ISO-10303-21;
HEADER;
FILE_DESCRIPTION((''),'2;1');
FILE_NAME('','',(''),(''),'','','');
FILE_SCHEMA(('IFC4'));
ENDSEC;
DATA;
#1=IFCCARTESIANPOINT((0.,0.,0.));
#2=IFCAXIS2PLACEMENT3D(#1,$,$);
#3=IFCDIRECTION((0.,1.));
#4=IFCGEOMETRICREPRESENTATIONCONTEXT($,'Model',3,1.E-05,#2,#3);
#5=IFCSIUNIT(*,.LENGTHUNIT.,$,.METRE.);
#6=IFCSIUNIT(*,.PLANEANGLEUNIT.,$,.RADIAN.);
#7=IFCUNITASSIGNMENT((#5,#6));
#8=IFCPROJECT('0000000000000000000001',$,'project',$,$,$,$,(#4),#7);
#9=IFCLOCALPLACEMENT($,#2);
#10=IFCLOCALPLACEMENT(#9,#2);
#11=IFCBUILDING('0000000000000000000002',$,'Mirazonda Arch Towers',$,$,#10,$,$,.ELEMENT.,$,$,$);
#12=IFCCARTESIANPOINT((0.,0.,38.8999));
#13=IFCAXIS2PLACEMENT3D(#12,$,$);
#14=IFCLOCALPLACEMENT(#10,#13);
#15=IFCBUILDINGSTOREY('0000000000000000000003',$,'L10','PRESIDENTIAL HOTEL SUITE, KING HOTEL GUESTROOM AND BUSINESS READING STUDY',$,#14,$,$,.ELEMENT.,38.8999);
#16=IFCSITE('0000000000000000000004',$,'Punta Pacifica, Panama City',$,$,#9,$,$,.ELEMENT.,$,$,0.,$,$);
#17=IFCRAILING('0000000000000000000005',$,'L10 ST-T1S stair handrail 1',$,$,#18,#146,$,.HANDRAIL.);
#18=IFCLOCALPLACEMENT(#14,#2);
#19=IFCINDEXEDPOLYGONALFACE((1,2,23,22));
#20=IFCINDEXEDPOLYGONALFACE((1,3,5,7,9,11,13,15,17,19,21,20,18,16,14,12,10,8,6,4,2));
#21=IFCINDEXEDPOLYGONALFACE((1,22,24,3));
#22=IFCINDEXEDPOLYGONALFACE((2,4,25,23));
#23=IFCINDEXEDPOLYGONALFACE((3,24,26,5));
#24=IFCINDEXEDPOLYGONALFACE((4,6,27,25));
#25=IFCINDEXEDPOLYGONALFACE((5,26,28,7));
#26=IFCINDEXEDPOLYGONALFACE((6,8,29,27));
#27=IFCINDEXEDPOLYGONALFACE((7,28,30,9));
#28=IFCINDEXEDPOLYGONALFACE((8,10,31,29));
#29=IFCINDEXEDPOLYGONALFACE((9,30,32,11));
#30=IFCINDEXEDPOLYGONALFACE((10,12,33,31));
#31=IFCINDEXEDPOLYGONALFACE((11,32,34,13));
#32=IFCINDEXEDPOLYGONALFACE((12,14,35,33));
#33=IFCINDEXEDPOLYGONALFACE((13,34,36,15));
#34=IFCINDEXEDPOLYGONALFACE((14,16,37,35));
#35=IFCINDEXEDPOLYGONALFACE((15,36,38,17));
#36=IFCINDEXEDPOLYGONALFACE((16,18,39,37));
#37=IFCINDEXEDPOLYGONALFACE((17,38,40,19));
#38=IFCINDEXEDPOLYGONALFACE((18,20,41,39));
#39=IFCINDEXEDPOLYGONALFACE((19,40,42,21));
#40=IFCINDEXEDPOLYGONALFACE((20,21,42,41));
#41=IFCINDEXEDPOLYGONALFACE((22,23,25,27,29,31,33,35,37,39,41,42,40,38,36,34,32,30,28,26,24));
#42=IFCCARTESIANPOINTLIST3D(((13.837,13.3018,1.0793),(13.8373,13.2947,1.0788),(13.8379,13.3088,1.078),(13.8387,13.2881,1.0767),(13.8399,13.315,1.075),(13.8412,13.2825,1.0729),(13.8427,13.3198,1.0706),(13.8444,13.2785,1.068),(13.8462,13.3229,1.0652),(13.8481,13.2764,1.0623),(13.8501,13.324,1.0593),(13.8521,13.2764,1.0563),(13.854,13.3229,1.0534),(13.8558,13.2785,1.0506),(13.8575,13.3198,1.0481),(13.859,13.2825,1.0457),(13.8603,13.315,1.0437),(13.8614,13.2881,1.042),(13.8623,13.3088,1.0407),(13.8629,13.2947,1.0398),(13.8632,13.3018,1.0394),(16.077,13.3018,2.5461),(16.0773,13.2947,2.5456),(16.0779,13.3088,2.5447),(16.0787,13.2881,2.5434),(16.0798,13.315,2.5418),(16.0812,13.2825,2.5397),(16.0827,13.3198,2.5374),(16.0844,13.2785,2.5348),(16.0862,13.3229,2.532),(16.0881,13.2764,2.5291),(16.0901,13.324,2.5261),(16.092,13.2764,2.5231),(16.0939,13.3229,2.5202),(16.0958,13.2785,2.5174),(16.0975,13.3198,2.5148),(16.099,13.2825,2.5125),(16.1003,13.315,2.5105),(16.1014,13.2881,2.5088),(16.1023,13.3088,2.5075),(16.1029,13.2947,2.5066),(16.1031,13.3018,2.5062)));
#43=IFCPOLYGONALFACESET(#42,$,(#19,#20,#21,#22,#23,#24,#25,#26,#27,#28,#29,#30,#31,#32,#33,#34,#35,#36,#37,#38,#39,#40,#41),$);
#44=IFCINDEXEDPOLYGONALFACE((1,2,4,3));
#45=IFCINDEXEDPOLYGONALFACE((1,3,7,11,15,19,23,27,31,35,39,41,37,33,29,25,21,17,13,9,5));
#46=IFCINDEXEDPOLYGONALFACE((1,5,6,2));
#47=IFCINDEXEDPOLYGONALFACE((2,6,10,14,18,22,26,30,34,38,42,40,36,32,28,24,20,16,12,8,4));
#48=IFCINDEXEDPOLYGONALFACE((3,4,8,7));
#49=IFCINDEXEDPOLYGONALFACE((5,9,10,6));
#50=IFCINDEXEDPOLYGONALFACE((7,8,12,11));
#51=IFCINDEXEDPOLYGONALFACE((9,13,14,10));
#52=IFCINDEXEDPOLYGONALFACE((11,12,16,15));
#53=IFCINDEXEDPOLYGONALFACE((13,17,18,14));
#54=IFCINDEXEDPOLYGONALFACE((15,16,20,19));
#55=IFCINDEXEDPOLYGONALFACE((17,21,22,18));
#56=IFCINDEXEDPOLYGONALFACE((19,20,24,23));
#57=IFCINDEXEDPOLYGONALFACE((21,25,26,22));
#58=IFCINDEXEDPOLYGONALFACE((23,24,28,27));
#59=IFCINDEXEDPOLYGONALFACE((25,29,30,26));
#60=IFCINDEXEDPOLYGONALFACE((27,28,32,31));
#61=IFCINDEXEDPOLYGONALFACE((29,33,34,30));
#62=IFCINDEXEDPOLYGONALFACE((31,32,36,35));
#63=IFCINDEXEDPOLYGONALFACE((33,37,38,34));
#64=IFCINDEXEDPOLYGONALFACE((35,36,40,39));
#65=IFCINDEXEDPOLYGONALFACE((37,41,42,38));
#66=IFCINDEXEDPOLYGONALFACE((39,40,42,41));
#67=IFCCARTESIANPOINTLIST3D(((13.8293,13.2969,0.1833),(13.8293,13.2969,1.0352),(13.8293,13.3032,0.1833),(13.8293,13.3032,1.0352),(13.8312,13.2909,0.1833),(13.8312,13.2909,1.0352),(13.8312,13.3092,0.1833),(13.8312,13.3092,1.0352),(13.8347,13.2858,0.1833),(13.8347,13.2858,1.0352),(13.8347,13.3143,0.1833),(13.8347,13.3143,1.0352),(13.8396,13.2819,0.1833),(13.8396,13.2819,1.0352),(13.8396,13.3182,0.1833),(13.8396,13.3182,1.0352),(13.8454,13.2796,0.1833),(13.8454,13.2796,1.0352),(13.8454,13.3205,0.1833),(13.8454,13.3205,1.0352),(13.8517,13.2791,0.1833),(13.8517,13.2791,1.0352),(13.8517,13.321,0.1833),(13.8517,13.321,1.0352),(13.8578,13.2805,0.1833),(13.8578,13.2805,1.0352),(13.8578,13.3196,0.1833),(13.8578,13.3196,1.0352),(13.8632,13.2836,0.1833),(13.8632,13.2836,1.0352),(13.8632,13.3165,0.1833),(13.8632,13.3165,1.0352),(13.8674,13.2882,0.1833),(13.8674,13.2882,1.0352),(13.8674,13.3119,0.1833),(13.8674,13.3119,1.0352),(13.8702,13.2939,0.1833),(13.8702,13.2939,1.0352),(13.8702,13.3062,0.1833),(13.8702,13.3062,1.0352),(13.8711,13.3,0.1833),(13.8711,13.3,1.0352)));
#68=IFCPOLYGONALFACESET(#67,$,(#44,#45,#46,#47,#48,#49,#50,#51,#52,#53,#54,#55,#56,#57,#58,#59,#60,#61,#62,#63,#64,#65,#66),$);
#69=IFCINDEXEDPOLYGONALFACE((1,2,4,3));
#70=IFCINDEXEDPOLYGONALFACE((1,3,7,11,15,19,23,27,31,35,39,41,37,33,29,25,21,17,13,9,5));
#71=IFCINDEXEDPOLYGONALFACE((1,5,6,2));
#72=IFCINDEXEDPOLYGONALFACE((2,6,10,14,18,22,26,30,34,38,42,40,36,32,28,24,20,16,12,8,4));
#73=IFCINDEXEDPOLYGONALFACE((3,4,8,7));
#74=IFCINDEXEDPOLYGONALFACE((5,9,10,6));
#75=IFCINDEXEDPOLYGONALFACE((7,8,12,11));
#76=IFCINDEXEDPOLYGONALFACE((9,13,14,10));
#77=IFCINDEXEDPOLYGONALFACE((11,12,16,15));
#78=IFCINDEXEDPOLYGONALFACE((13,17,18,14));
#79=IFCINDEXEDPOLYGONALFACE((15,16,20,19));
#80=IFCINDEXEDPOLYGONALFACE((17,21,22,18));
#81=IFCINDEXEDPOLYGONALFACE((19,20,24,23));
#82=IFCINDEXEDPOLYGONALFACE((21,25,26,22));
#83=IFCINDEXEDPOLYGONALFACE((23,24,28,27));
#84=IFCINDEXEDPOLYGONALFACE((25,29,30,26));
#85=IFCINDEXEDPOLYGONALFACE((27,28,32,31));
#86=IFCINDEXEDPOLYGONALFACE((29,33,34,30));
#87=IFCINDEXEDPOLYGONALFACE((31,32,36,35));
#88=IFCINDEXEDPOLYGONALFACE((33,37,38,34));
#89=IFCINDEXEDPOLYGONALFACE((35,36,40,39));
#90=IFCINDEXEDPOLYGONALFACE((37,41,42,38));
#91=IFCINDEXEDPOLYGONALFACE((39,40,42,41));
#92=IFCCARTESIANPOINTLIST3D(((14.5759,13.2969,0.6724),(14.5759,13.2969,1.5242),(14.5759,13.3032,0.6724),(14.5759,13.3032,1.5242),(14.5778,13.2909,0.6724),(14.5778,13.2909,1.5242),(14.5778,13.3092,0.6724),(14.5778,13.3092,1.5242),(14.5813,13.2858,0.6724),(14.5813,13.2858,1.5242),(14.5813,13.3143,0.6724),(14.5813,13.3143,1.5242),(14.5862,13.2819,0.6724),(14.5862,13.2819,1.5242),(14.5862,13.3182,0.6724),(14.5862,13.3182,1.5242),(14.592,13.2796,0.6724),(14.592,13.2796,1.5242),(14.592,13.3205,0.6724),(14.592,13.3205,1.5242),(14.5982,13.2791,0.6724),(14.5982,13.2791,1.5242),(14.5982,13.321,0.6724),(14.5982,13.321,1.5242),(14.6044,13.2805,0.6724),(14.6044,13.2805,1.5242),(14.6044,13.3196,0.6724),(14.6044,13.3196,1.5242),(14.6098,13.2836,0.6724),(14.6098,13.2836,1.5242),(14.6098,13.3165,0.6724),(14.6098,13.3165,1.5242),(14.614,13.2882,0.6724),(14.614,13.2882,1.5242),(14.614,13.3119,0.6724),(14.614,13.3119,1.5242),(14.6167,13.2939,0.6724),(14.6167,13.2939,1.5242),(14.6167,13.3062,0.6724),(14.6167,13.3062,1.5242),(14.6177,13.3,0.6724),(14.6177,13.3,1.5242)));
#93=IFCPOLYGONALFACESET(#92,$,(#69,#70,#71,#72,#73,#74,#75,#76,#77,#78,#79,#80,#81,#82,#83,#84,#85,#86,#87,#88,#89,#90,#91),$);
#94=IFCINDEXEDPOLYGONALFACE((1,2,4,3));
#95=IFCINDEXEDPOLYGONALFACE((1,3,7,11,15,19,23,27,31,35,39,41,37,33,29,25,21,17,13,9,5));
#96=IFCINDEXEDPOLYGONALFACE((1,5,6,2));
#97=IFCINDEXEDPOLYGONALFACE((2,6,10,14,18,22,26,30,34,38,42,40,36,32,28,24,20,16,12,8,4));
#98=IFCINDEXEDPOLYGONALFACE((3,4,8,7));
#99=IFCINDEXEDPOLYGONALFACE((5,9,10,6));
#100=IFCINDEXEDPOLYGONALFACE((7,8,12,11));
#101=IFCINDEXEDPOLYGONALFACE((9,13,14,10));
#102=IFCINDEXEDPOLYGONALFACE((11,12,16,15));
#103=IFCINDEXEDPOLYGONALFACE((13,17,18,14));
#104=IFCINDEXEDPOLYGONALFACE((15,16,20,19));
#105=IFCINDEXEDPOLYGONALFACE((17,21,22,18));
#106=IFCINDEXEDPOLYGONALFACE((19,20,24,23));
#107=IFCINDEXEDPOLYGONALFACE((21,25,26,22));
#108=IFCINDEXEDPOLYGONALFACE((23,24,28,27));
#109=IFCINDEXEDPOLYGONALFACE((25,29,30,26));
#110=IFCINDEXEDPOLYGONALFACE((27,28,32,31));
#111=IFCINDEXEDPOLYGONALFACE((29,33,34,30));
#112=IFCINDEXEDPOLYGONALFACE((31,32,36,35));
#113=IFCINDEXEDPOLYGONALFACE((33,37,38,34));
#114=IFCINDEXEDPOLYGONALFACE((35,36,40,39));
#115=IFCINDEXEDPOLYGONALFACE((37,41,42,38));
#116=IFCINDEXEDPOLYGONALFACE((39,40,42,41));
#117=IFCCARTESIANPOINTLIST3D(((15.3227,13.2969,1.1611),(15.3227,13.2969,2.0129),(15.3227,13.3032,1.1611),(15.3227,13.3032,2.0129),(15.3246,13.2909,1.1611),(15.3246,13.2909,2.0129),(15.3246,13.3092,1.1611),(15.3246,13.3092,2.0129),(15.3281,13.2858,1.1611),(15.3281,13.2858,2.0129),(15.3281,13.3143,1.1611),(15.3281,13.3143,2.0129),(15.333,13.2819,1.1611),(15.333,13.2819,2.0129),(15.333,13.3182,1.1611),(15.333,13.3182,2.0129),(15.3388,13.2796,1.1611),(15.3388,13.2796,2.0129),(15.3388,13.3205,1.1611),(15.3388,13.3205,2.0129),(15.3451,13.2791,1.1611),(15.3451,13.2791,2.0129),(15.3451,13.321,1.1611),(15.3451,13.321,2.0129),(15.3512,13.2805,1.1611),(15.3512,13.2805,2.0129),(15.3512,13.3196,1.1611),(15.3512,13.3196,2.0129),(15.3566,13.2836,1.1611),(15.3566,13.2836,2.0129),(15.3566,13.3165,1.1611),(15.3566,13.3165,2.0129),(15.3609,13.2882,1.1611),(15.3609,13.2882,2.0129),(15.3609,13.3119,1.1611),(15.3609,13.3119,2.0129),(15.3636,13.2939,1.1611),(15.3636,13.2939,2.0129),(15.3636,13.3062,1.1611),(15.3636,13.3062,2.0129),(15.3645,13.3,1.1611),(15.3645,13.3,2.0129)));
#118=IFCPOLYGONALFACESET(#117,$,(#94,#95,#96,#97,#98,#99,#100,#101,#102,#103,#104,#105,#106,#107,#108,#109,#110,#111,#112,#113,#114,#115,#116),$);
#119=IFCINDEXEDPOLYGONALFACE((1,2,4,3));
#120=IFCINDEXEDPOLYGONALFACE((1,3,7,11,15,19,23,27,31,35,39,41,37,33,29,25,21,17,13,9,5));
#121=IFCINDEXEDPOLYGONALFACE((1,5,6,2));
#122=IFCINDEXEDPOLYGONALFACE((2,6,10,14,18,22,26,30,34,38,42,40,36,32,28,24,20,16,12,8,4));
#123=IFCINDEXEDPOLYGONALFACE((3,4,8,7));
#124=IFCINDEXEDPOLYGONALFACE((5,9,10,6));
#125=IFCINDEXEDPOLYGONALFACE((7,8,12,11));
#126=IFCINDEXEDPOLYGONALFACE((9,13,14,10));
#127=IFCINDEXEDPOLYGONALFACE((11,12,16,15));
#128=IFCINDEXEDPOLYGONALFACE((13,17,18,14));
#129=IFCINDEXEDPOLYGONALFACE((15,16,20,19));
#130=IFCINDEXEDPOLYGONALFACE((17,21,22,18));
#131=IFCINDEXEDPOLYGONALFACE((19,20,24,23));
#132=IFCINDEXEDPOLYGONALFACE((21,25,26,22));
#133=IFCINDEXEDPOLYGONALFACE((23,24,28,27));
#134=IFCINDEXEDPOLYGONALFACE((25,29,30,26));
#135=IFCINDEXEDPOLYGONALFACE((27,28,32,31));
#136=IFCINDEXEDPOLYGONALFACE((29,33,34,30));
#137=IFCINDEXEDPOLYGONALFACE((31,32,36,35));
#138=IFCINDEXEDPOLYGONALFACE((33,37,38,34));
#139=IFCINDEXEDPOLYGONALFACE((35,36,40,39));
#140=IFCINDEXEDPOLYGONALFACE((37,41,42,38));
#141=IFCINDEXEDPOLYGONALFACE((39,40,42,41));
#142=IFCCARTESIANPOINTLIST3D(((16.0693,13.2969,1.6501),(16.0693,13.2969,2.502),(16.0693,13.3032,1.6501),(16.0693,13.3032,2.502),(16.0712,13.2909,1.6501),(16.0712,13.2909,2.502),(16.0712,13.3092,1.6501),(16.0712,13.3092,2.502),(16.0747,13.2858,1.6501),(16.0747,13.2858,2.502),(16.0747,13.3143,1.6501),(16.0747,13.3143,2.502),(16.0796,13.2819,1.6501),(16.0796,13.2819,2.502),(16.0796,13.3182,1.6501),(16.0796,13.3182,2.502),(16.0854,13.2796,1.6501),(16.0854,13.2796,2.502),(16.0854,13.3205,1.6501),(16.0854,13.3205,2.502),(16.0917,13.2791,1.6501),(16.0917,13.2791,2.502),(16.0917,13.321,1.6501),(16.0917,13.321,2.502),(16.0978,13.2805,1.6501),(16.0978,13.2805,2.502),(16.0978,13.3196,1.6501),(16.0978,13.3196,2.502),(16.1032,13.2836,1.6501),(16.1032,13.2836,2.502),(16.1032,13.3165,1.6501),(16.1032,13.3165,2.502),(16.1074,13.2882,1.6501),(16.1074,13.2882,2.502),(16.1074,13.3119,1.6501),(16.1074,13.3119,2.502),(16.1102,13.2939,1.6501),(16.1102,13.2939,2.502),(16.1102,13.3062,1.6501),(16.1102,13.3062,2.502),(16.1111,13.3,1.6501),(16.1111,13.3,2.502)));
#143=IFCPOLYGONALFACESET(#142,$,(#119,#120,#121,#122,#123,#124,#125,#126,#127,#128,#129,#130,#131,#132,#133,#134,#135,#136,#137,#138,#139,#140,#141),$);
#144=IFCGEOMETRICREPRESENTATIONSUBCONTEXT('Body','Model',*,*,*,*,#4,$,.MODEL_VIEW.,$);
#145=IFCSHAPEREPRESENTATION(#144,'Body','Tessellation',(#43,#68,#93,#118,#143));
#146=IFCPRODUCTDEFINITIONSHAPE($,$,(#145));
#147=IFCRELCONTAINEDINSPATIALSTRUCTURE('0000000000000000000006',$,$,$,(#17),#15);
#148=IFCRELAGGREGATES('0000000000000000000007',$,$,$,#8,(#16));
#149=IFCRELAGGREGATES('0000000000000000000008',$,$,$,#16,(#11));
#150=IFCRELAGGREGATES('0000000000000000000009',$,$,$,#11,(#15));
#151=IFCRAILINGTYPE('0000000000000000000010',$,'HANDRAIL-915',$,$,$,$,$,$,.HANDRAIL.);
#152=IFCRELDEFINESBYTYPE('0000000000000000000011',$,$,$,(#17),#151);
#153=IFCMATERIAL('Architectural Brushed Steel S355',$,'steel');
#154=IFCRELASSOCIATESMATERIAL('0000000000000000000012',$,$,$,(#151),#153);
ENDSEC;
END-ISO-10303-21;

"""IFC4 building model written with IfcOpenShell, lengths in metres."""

from ifc_helpers import new_model, si_unit, direction, frame, origin, origin_2d, place, context, subcontext, project, spatial, circle, extrude, material, type_object, element, save


model = new_model("IFC4")

# Units and contexts
model_context = context("Model", 3, precision=1e-05, world=origin(), true_north=direction((0.0, 1.0)))
body_context = subcontext(model_context, "Body", "Model", "MODEL_VIEW")
ifc_project = project(units=[si_unit("LENGTHUNIT", "METRE"), si_unit("PLANEANGLEUNIT", "RADIAN")], contexts=[model_context])

# Site, building, storey
site_placement = place(None, origin())
site = spatial("IfcSite", under=ifc_project, at=site_placement, Name="Punta Pacifica, Panama City", CompositionType="ELEMENT", RefElevation=0.0)
building_placement = place(site_placement, origin())
building = spatial("IfcBuilding", under=site, at=building_placement, Name="Mirazonda Arch Towers", CompositionType="ELEMENT")
storey_placement = place(building_placement, frame((0.0, 0.0, 38.8999)))
storey = spatial("IfcBuildingStorey", under=building, at=storey_placement, Name="L10", Description="PRESIDENTIAL HOTEL SUITE, KING HOTEL GUESTROOM AND BUSINESS READING STUDY", CompositionType="ELEMENT", Elevation=38.8999)

# Shared definitions
ifc_material_1 = material(Name="Architectural Brushed Steel S355", Category="steel")

# Railing
railing_type_1 = type_object("IfcRailingType", Name="HANDRAIL-915", PredefinedType="HANDRAIL", material=ifc_material_1)
railing_1_placement = place(storey_placement, frame((13.8501, 13.3, 0.1833)))
element("IfcRailing", 1, at=railing_1_placement, inside=storey, type_object=railing_type_1, Name="L10 ST-T1S stair handrail 1", PredefinedType="HANDRAIL", context=body_context, shape_type="SweptSolid", body=[
    extrude(circle(Radius=0.0239, at=origin_2d()), frame((0.0, 0.0, 0.876), z_axis=(0.836595, 0.0, 0.547822), x_axis=(0.0, 1.0, 0.0)), (0.0, 0.0, 1.0), 2.6775),
    extrude(circle(Radius=0.021, at=origin_2d()), origin(), (0.0, 0.0, 1.0), 0.8518),
    extrude(circle(Radius=0.021, at=origin_2d()), frame((0.7466, 0.0, 0.489)), (0.0, 0.0, 1.0), 0.8518),
    extrude(circle(Radius=0.021, at=origin_2d()), frame((1.4934, 0.0, 0.9778)), (0.0, 0.0, 1.0), 0.8518),
    extrude(circle(Radius=0.021, at=origin_2d()), frame((2.24, 0.0, 1.4668)), (0.0, 0.0, 1.0), 0.8518),
])

save(model, "model.ifc")
